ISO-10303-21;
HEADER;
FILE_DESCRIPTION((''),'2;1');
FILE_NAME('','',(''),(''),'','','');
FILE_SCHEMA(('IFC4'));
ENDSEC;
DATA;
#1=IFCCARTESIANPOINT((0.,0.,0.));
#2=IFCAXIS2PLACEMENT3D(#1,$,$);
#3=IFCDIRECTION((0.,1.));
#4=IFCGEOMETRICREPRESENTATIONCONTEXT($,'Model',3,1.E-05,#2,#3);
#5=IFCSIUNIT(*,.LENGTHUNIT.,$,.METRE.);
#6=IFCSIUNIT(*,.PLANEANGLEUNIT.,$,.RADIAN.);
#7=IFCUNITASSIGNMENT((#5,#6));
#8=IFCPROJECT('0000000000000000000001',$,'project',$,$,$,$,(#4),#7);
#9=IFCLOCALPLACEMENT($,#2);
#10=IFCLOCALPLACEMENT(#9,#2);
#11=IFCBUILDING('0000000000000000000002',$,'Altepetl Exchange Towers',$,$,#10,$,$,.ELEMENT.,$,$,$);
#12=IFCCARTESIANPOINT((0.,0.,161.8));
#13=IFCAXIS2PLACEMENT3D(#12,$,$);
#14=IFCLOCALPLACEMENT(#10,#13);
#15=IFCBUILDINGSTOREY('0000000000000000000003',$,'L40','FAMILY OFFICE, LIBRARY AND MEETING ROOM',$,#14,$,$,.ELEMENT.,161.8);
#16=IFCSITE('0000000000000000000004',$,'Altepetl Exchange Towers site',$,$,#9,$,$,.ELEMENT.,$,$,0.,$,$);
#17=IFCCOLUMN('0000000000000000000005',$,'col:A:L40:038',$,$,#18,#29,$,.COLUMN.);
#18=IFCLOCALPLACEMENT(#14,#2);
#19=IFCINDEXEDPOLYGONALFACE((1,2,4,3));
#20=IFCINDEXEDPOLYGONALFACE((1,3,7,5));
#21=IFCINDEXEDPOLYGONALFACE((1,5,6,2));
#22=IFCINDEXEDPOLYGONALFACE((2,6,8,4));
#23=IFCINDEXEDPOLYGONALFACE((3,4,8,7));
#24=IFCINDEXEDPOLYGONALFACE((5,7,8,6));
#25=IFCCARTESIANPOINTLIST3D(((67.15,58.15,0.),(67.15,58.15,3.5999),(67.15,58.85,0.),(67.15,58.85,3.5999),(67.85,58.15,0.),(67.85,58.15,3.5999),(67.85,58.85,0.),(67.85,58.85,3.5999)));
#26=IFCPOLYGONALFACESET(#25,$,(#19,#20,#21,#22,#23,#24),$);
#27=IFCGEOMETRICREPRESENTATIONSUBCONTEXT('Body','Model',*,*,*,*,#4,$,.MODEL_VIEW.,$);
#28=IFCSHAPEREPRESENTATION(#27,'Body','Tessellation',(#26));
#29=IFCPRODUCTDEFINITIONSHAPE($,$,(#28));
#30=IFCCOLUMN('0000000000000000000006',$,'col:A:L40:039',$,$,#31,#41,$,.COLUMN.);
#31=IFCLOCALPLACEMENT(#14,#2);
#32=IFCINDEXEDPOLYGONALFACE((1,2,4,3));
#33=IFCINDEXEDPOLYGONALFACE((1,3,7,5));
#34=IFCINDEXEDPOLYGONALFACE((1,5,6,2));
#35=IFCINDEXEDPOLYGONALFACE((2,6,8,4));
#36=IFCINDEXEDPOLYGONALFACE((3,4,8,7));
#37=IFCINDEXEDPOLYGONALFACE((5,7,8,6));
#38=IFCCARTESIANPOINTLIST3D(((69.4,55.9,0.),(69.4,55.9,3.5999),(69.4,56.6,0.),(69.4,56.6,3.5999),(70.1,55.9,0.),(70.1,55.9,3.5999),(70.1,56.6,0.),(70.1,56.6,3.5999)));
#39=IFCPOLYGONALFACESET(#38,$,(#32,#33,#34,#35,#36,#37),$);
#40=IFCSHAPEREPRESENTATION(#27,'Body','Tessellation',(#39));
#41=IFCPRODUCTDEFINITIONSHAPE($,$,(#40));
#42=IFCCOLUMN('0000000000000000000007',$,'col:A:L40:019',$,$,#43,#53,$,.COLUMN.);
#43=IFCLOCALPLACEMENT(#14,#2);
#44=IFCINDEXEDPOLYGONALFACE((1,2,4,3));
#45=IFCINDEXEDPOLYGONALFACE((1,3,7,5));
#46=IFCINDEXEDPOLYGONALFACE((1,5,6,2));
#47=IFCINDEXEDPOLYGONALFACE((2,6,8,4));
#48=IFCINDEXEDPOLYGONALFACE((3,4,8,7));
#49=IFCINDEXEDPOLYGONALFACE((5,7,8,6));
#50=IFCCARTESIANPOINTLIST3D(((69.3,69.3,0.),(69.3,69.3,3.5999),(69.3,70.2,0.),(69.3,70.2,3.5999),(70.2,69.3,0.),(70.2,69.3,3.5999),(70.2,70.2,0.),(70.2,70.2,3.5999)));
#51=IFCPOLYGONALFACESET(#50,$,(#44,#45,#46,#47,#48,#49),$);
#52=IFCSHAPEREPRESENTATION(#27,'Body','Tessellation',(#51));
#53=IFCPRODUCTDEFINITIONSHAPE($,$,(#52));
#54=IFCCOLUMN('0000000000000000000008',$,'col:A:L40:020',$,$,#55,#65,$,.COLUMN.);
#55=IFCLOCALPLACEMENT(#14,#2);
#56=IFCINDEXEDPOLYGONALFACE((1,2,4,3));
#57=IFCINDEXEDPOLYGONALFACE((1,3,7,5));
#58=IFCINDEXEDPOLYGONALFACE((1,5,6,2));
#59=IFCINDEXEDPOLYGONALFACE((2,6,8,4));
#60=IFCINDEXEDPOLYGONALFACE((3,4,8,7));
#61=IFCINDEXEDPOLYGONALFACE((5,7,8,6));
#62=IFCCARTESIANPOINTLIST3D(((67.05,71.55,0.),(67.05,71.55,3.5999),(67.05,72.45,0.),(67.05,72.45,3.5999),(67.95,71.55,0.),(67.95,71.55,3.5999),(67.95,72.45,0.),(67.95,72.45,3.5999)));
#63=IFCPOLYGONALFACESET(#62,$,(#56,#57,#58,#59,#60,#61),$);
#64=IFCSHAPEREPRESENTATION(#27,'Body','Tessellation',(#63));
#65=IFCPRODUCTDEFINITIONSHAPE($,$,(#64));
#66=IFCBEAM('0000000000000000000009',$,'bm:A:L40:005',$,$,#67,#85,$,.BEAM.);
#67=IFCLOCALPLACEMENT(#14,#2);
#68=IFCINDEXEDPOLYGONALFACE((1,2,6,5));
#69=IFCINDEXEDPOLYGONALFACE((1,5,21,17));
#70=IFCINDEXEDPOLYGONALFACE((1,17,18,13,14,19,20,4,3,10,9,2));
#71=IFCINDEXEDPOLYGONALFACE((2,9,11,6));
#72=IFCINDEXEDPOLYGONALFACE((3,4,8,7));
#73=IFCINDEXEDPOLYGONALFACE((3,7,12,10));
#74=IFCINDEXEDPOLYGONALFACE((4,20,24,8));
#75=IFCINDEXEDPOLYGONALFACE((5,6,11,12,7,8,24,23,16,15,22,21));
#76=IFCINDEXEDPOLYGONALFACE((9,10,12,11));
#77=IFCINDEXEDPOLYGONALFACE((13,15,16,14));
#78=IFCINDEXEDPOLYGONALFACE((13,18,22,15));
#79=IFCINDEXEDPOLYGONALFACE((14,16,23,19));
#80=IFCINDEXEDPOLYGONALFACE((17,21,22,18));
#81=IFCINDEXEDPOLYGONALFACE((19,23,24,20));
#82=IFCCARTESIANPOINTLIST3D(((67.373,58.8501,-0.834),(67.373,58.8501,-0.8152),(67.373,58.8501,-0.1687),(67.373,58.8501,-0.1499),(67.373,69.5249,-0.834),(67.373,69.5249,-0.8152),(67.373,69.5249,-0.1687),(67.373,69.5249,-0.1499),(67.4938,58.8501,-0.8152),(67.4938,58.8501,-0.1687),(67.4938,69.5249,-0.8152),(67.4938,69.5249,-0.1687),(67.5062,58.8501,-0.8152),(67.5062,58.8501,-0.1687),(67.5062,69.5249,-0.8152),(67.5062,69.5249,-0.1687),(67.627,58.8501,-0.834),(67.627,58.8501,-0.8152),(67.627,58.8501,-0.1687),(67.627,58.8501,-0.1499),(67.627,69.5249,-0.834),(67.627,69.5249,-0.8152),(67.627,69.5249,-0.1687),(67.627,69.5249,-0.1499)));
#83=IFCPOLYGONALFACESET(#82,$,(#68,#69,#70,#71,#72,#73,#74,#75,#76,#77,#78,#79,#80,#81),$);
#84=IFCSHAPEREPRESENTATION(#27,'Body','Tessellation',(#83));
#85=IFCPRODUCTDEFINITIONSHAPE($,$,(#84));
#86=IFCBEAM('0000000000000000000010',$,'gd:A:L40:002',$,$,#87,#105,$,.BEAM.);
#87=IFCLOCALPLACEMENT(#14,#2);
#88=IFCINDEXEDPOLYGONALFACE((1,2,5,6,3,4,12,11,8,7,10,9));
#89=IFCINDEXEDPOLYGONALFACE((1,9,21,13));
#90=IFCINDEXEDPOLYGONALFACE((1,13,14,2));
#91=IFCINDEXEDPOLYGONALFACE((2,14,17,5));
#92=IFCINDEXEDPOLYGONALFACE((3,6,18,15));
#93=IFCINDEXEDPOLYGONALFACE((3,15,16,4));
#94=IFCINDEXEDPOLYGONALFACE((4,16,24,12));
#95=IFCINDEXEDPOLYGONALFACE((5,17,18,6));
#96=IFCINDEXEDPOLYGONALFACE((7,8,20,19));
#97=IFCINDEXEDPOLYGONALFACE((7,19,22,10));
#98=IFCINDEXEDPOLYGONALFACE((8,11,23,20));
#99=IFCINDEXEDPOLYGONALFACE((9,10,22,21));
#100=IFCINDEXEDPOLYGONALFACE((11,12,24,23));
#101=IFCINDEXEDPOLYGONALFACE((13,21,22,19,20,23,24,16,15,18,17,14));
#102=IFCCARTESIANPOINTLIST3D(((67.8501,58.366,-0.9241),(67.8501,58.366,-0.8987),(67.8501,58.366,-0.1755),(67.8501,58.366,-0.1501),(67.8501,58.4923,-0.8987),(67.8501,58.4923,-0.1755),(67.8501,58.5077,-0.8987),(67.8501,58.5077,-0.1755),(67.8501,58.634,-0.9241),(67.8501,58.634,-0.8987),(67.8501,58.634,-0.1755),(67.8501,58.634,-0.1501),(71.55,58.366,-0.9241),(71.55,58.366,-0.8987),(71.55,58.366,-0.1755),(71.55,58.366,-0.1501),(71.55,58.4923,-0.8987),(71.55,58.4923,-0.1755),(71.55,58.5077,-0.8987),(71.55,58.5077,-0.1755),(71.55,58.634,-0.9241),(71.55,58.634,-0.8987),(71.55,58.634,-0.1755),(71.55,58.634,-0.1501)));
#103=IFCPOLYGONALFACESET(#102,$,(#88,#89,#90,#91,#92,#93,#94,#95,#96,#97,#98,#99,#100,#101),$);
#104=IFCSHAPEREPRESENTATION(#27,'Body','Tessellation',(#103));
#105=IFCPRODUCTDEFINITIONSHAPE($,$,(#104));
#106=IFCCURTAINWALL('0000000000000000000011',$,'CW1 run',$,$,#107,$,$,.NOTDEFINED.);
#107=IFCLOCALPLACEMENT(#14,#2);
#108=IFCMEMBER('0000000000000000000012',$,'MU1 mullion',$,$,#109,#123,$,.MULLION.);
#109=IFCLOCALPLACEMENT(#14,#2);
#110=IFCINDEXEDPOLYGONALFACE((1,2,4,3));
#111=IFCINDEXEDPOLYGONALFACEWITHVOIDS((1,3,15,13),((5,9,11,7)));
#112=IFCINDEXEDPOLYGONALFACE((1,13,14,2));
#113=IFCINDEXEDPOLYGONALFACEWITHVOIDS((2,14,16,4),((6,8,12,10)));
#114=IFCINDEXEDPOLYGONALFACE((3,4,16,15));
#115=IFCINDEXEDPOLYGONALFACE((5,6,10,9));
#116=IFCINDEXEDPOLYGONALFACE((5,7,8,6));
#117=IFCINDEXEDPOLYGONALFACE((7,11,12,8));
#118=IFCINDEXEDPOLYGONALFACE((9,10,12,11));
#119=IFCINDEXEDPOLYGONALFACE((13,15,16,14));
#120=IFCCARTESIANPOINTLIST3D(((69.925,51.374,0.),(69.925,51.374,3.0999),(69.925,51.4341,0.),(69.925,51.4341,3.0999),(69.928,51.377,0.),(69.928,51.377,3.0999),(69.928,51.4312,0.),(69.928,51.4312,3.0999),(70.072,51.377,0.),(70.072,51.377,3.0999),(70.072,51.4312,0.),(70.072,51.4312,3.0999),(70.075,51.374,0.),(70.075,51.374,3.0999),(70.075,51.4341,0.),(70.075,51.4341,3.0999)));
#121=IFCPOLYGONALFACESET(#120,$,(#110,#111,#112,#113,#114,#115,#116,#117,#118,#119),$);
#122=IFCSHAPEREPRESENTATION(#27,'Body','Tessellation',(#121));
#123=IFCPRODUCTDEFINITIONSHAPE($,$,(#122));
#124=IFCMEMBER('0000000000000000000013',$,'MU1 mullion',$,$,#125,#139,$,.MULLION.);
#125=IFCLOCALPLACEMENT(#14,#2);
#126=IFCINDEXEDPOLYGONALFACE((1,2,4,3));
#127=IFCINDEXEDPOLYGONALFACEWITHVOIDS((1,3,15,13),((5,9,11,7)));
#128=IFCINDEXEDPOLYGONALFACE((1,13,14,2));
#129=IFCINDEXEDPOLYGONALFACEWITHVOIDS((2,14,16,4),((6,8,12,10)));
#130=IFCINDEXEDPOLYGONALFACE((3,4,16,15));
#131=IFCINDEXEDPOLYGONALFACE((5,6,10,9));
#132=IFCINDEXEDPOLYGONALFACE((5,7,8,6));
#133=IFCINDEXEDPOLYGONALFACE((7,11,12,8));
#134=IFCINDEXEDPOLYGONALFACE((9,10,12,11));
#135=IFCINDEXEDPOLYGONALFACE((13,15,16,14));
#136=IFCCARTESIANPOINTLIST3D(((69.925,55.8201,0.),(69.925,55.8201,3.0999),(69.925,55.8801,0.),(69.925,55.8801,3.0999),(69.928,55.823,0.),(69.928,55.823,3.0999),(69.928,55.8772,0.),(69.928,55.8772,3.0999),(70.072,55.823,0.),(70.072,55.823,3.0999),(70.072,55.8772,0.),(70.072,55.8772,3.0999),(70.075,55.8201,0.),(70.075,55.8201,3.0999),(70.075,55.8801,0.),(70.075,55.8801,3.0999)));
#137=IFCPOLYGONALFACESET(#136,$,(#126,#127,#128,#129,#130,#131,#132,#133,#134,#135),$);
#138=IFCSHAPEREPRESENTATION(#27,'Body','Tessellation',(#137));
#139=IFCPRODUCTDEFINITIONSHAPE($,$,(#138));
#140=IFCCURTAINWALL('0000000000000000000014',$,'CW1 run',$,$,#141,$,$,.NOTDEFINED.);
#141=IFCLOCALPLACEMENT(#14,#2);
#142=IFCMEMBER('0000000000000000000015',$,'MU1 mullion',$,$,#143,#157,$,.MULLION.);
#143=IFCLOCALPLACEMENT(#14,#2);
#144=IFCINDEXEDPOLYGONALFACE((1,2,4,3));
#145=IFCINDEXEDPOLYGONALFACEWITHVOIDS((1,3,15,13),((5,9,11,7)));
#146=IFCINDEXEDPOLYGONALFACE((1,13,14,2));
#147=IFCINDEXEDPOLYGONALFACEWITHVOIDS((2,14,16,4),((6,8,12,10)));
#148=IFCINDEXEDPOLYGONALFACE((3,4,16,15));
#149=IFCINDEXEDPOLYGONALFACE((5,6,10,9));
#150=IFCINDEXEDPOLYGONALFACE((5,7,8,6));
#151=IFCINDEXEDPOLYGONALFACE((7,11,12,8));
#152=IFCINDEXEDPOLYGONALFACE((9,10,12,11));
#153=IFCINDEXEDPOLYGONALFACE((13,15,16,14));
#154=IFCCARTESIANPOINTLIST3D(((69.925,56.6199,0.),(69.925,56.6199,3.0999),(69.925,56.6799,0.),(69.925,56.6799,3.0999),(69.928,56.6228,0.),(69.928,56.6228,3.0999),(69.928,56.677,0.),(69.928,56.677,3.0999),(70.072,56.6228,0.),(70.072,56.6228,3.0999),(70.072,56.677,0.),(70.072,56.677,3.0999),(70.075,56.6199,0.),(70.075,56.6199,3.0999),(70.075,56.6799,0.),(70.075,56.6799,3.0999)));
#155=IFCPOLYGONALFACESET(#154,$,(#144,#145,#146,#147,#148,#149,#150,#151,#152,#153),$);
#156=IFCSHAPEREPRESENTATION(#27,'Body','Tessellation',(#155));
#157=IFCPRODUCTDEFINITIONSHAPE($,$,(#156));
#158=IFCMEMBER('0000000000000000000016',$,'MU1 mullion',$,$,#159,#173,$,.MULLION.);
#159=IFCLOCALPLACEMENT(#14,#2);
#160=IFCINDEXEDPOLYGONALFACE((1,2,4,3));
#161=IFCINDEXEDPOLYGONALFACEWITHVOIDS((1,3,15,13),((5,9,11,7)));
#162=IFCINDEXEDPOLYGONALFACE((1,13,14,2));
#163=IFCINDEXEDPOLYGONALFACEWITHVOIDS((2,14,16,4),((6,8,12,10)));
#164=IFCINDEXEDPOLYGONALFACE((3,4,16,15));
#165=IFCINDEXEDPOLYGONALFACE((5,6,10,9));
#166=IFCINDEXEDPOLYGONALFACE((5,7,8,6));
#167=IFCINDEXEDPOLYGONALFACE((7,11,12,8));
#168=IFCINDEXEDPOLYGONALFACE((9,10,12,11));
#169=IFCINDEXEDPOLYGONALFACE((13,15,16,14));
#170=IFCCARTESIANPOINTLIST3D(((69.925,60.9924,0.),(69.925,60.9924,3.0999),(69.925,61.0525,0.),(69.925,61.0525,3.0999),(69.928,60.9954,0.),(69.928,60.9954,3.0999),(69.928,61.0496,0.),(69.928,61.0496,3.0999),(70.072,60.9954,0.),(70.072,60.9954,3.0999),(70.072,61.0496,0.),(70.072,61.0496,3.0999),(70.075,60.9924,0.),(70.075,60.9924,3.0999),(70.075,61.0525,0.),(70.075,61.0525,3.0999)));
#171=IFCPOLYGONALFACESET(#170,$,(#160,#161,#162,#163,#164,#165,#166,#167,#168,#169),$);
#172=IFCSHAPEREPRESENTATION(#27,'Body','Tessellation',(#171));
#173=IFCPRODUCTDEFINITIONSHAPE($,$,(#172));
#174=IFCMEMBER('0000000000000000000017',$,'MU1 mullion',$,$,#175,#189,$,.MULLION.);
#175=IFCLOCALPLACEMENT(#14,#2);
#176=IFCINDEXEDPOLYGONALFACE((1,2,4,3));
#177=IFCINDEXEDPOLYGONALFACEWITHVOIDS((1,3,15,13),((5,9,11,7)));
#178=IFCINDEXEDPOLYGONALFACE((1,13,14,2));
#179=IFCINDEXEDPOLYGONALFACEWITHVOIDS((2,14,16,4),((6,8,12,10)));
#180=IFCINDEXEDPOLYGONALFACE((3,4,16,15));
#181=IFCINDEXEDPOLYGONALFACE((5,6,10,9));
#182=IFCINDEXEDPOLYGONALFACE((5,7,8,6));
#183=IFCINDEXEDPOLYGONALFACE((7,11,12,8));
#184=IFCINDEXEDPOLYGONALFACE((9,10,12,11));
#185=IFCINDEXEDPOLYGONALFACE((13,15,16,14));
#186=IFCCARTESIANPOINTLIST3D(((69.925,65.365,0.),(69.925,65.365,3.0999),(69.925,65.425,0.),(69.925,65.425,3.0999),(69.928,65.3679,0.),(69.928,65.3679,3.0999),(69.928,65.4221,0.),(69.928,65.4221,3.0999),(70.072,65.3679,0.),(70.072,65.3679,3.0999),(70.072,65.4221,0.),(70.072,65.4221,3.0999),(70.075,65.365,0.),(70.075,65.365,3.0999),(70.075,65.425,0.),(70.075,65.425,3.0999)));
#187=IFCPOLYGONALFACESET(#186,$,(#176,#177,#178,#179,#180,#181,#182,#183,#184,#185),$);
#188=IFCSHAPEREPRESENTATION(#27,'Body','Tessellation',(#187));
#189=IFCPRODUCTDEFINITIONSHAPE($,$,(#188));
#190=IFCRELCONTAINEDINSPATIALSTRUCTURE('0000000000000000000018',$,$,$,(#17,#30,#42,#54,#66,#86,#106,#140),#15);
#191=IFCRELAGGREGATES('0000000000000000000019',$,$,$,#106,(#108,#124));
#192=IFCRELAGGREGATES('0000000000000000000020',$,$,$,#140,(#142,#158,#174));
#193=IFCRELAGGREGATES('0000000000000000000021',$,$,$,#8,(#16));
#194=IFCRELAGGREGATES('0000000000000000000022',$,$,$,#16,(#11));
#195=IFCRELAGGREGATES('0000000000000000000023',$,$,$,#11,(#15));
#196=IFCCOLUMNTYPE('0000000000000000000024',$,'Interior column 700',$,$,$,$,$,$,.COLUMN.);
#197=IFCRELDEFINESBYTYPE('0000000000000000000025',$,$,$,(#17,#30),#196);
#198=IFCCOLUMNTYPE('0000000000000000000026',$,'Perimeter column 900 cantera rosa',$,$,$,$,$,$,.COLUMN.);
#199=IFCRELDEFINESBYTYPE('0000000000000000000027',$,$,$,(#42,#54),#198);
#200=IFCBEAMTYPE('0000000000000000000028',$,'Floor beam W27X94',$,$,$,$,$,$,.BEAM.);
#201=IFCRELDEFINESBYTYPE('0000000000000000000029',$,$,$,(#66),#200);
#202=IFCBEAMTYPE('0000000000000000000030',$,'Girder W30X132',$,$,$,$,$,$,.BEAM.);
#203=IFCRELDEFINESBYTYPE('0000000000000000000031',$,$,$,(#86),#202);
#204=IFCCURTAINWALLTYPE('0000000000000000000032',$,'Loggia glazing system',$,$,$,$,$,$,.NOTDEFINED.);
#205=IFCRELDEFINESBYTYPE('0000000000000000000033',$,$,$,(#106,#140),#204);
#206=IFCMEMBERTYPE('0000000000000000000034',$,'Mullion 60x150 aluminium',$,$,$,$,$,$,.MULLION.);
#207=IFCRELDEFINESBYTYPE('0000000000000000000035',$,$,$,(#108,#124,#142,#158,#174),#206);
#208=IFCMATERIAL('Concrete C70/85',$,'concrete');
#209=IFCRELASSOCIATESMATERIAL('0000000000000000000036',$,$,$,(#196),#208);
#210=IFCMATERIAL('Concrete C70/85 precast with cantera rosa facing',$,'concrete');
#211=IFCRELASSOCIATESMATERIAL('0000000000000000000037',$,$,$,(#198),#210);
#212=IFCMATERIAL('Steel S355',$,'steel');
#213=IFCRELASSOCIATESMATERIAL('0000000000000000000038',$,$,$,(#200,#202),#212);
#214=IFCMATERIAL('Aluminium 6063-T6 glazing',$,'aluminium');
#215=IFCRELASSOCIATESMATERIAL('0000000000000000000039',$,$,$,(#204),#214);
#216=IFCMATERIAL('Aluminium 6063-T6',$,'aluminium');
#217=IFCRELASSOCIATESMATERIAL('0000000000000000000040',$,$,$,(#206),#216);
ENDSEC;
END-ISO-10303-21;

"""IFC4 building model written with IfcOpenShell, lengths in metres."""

from ifc_helpers import new_model, si_unit, direction, frame, origin, origin_2d, place, context, subcontext, project, spatial, rectangle, hollow_rectangle, i_section, extrude, material, material_profile, profile_set, type_object, element, aggregate, save


model = new_model("IFC4")

# Units and contexts
model_context = context("Model", 3, precision=1e-05, world=origin(), true_north=direction((0.0, 1.0)))
body_context = subcontext(model_context, "Body", "Model", "MODEL_VIEW")
ifc_project = project(units=[si_unit("LENGTHUNIT", "METRE"), si_unit("PLANEANGLEUNIT", "RADIAN")], contexts=[model_context])

# Site, building, storey
site_placement = place(None, origin())
site = spatial("IfcSite", under=ifc_project, at=site_placement, Name="Altepetl Exchange Towers site", CompositionType="ELEMENT", RefElevation=0.0)
building_placement = place(site_placement, origin())
building = spatial("IfcBuilding", under=site, at=building_placement, Name="Altepetl Exchange Towers", CompositionType="ELEMENT")
storey_placement = place(building_placement, frame((0.0, 0.0, 161.8)))
storey = spatial("IfcBuildingStorey", under=building, at=storey_placement, Name="L40", Description="FAMILY OFFICE, LIBRARY AND MEETING ROOM", CompositionType="ELEMENT", Elevation=161.8)

# Columns
ifc_material_1 = material(Name="Concrete C70/85", Category="concrete")
ifc_material_profile_1 = material_profile(ifc_material_1, rectangle(XDim=0.7, YDim=0.7, at=origin_2d()), Name="700 x 700")
ifc_profile_set_1 = profile_set([ifc_material_profile_1], Name="Concrete C70/85")
column_type_1 = type_object("IfcColumnType", Name="Interior column 700", PredefinedType="COLUMN", material=ifc_profile_set_1)
for number, where, name in (
    (1, (67.5, 58.5, 0.0), "col:A:L40:038"),
    (2, (69.75, 56.25, 0.0), "col:A:L40:039"),
):
    element("IfcColumn", number, at=place(storey_placement, frame(where)), inside=storey, type_object=column_type_1, Name=name, PredefinedType="COLUMN", context=body_context, shape_type="SweptSolid", body=[
        extrude(rectangle(XDim=0.7, YDim=0.7, at=origin_2d()), origin(), (0.0, 0.0, 1.0), 3.5999),
    ])
ifc_material_2 = material(Name="Concrete C70/85 precast with cantera rosa facing", Category="concrete")
ifc_material_profile_2 = material_profile(ifc_material_2, rectangle(XDim=0.8999, YDim=0.8999, at=origin_2d()), Name="900 x 900")
ifc_profile_set_2 = profile_set([ifc_material_profile_2], Name="Concrete C70/85 precast with cantera rosa facing")
column_type_2 = type_object("IfcColumnType", Name="Perimeter column 900 cantera rosa", PredefinedType="COLUMN", material=ifc_profile_set_2)
for number, where, name in (
    (3, (69.75, 69.75, 0.0), "col:A:L40:019"),
    (4, (67.5, 72.0, 0.0), "col:A:L40:020"),
):
    element("IfcColumn", number, at=place(storey_placement, frame(where)), inside=storey, type_object=column_type_2, Name=name, PredefinedType="COLUMN", context=body_context, shape_type="SweptSolid", body=[
        extrude(rectangle(XDim=0.8999, YDim=0.8999, at=origin_2d()), origin(), (0.0, 0.0, 1.0), 3.5999),
    ])

# Beams
ifc_material_3 = material(Name="Steel S355", Category="steel")
ifc_material_profile_3 = material_profile(ifc_material_3, i_section(OverallWidth=0.2539, OverallDepth=0.6841, WebThickness=0.0125, FlangeThickness=0.0188, at=origin_2d()), Name="W27X94")
ifc_profile_set_3 = profile_set([ifc_material_profile_3], Name="Steel S355")
beam_type_1 = type_object("IfcBeamType", Name="Floor beam W27X94", PredefinedType="BEAM", material=ifc_profile_set_3)
beam_1_placement = place(storey_placement, frame((67.5, 58.8501, -0.4919), z_axis=(0.0, 1.0, 0.0), x_axis=(-1.0, 0.0, 0.0)))
element("IfcBeam", 5, at=beam_1_placement, inside=storey, type_object=beam_type_1, Name="bm:A:L40:005", PredefinedType="BEAM", context=body_context, shape_type="SweptSolid", body=[
    extrude(i_section(OverallWidth=0.2539, OverallDepth=0.6841, WebThickness=0.0125, FlangeThickness=0.0188, at=origin_2d()), origin(), (0.0, 0.0, 1.0), 10.6748),
])
ifc_material_profile_4 = material_profile(ifc_material_3, i_section(OverallWidth=0.2681, OverallDepth=0.7739, WebThickness=0.0154, FlangeThickness=0.0254, at=origin_2d()), Name="W30X132")
ifc_profile_set_4 = profile_set([ifc_material_profile_4], Name="Steel S355")
beam_type_2 = type_object("IfcBeamType", Name="Girder W30X132", PredefinedType="BEAM", material=ifc_profile_set_4)
beam_2_placement = place(storey_placement, frame((67.8501, 58.5, -0.5371), z_axis=(1.0, 0.0, 0.0), x_axis=(0.0, 1.0, 0.0)))
element("IfcBeam", 6, at=beam_2_placement, inside=storey, type_object=beam_type_2, Name="gd:A:L40:002", PredefinedType="BEAM", context=body_context, shape_type="SweptSolid", body=[
    extrude(i_section(OverallWidth=0.2681, OverallDepth=0.7739, WebThickness=0.0154, FlangeThickness=0.0254, at=origin_2d()), origin(), (0.0, 0.0, 1.0), 3.7),
])

# Curtain walls, members
ifc_material_4 = material(Name="Aluminium 6063-T6 glazing", Category="aluminium")
curtain_wall_type = type_object("IfcCurtainWallType", Name="Loggia glazing system", PredefinedType="NOTDEFINED", material=ifc_material_4)
curtain_wall_1_placement = place(storey_placement, origin())
curtain_wall_1 = element("IfcCurtainWall", 7, at=curtain_wall_1_placement, inside=storey, type_object=curtain_wall_type, Name="CW1 run", PredefinedType="NOTDEFINED")
ifc_material_5 = material(Name="Aluminium 6063-T6", Category="aluminium")
ifc_material_profile_5 = material_profile(ifc_material_5, hollow_rectangle(XDim=0.0601, YDim=0.1499, WallThickness=0.0029, at=origin_2d()), Name="Mullion 60x150 aluminium")
ifc_profile_set_5 = profile_set([ifc_material_profile_5], Name="Aluminium 6063-T6")
member_type = type_object("IfcMemberType", Name="Mullion 60x150 aluminium", PredefinedType="MULLION", material=ifc_profile_set_5)
member_1_placement = place(storey_placement, frame((70.0, 51.4041, 0.0), z_axis=(0.0, 0.0, 1.0), x_axis=(0.0, 1.0, 0.0)))
member_1 = element("IfcMember", 8, at=member_1_placement, type_object=member_type, Name="MU1 mullion", PredefinedType="MULLION", context=body_context, shape_type="SweptSolid", body=[
    extrude(hollow_rectangle(XDim=0.0601, YDim=0.1499, WallThickness=0.0029, at=origin_2d()), origin(), (0.0, 0.0, 1.0), 3.0999),
])
member_2_placement = place(storey_placement, frame((70.0, 55.8501, 0.0), z_axis=(0.0, 0.0, 1.0), x_axis=(0.0, 1.0, 0.0)))
member_2 = element("IfcMember", 9, at=member_2_placement, type_object=member_type, Name="MU1 mullion", PredefinedType="MULLION", context=body_context, shape_type="SweptSolid", body=[
    extrude(hollow_rectangle(XDim=0.0601, YDim=0.1499, WallThickness=0.0029, at=origin_2d()), origin(), (0.0, 0.0, 1.0), 3.0999),
])
curtain_wall_2_placement = place(storey_placement, origin())
curtain_wall_2 = element("IfcCurtainWall", 10, at=curtain_wall_2_placement, inside=storey, type_object=curtain_wall_type, Name="CW1 run", PredefinedType="NOTDEFINED")
member_3_placement = place(storey_placement, frame((70.0, 56.6499, 0.0), z_axis=(0.0, 0.0, 1.0), x_axis=(0.0, 1.0, 0.0)))
member_3 = element("IfcMember", 11, at=member_3_placement, type_object=member_type, Name="MU1 mullion", PredefinedType="MULLION", context=body_context, shape_type="SweptSolid", body=[
    extrude(hollow_rectangle(XDim=0.0601, YDim=0.1499, WallThickness=0.0029, at=origin_2d()), origin(), (0.0, 0.0, 1.0), 3.0999),
])
member_4_placement = place(storey_placement, frame((70.0, 61.0225, 0.0), z_axis=(0.0, 0.0, 1.0), x_axis=(0.0, 1.0, 0.0)))
member_4 = element("IfcMember", 12, at=member_4_placement, type_object=member_type, Name="MU1 mullion", PredefinedType="MULLION", context=body_context, shape_type="SweptSolid", body=[
    extrude(hollow_rectangle(XDim=0.0601, YDim=0.1499, WallThickness=0.0029, at=origin_2d()), origin(), (0.0, 0.0, 1.0), 3.0999),
])
member_5_placement = place(storey_placement, frame((70.0, 65.395, 0.0), z_axis=(0.0, 0.0, 1.0), x_axis=(0.0, 1.0, 0.0)))
member_5 = element("IfcMember", 13, at=member_5_placement, type_object=member_type, Name="MU1 mullion", PredefinedType="MULLION", context=body_context, shape_type="SweptSolid", body=[
    extrude(hollow_rectangle(XDim=0.0601, YDim=0.1499, WallThickness=0.0029, at=origin_2d()), origin(), (0.0, 0.0, 1.0), 3.0999),
])

aggregate(curtain_wall_1, [member_1, member_2])
aggregate(curtain_wall_2, [member_3, member_4, member_5])

save(model, "model.ifc")
